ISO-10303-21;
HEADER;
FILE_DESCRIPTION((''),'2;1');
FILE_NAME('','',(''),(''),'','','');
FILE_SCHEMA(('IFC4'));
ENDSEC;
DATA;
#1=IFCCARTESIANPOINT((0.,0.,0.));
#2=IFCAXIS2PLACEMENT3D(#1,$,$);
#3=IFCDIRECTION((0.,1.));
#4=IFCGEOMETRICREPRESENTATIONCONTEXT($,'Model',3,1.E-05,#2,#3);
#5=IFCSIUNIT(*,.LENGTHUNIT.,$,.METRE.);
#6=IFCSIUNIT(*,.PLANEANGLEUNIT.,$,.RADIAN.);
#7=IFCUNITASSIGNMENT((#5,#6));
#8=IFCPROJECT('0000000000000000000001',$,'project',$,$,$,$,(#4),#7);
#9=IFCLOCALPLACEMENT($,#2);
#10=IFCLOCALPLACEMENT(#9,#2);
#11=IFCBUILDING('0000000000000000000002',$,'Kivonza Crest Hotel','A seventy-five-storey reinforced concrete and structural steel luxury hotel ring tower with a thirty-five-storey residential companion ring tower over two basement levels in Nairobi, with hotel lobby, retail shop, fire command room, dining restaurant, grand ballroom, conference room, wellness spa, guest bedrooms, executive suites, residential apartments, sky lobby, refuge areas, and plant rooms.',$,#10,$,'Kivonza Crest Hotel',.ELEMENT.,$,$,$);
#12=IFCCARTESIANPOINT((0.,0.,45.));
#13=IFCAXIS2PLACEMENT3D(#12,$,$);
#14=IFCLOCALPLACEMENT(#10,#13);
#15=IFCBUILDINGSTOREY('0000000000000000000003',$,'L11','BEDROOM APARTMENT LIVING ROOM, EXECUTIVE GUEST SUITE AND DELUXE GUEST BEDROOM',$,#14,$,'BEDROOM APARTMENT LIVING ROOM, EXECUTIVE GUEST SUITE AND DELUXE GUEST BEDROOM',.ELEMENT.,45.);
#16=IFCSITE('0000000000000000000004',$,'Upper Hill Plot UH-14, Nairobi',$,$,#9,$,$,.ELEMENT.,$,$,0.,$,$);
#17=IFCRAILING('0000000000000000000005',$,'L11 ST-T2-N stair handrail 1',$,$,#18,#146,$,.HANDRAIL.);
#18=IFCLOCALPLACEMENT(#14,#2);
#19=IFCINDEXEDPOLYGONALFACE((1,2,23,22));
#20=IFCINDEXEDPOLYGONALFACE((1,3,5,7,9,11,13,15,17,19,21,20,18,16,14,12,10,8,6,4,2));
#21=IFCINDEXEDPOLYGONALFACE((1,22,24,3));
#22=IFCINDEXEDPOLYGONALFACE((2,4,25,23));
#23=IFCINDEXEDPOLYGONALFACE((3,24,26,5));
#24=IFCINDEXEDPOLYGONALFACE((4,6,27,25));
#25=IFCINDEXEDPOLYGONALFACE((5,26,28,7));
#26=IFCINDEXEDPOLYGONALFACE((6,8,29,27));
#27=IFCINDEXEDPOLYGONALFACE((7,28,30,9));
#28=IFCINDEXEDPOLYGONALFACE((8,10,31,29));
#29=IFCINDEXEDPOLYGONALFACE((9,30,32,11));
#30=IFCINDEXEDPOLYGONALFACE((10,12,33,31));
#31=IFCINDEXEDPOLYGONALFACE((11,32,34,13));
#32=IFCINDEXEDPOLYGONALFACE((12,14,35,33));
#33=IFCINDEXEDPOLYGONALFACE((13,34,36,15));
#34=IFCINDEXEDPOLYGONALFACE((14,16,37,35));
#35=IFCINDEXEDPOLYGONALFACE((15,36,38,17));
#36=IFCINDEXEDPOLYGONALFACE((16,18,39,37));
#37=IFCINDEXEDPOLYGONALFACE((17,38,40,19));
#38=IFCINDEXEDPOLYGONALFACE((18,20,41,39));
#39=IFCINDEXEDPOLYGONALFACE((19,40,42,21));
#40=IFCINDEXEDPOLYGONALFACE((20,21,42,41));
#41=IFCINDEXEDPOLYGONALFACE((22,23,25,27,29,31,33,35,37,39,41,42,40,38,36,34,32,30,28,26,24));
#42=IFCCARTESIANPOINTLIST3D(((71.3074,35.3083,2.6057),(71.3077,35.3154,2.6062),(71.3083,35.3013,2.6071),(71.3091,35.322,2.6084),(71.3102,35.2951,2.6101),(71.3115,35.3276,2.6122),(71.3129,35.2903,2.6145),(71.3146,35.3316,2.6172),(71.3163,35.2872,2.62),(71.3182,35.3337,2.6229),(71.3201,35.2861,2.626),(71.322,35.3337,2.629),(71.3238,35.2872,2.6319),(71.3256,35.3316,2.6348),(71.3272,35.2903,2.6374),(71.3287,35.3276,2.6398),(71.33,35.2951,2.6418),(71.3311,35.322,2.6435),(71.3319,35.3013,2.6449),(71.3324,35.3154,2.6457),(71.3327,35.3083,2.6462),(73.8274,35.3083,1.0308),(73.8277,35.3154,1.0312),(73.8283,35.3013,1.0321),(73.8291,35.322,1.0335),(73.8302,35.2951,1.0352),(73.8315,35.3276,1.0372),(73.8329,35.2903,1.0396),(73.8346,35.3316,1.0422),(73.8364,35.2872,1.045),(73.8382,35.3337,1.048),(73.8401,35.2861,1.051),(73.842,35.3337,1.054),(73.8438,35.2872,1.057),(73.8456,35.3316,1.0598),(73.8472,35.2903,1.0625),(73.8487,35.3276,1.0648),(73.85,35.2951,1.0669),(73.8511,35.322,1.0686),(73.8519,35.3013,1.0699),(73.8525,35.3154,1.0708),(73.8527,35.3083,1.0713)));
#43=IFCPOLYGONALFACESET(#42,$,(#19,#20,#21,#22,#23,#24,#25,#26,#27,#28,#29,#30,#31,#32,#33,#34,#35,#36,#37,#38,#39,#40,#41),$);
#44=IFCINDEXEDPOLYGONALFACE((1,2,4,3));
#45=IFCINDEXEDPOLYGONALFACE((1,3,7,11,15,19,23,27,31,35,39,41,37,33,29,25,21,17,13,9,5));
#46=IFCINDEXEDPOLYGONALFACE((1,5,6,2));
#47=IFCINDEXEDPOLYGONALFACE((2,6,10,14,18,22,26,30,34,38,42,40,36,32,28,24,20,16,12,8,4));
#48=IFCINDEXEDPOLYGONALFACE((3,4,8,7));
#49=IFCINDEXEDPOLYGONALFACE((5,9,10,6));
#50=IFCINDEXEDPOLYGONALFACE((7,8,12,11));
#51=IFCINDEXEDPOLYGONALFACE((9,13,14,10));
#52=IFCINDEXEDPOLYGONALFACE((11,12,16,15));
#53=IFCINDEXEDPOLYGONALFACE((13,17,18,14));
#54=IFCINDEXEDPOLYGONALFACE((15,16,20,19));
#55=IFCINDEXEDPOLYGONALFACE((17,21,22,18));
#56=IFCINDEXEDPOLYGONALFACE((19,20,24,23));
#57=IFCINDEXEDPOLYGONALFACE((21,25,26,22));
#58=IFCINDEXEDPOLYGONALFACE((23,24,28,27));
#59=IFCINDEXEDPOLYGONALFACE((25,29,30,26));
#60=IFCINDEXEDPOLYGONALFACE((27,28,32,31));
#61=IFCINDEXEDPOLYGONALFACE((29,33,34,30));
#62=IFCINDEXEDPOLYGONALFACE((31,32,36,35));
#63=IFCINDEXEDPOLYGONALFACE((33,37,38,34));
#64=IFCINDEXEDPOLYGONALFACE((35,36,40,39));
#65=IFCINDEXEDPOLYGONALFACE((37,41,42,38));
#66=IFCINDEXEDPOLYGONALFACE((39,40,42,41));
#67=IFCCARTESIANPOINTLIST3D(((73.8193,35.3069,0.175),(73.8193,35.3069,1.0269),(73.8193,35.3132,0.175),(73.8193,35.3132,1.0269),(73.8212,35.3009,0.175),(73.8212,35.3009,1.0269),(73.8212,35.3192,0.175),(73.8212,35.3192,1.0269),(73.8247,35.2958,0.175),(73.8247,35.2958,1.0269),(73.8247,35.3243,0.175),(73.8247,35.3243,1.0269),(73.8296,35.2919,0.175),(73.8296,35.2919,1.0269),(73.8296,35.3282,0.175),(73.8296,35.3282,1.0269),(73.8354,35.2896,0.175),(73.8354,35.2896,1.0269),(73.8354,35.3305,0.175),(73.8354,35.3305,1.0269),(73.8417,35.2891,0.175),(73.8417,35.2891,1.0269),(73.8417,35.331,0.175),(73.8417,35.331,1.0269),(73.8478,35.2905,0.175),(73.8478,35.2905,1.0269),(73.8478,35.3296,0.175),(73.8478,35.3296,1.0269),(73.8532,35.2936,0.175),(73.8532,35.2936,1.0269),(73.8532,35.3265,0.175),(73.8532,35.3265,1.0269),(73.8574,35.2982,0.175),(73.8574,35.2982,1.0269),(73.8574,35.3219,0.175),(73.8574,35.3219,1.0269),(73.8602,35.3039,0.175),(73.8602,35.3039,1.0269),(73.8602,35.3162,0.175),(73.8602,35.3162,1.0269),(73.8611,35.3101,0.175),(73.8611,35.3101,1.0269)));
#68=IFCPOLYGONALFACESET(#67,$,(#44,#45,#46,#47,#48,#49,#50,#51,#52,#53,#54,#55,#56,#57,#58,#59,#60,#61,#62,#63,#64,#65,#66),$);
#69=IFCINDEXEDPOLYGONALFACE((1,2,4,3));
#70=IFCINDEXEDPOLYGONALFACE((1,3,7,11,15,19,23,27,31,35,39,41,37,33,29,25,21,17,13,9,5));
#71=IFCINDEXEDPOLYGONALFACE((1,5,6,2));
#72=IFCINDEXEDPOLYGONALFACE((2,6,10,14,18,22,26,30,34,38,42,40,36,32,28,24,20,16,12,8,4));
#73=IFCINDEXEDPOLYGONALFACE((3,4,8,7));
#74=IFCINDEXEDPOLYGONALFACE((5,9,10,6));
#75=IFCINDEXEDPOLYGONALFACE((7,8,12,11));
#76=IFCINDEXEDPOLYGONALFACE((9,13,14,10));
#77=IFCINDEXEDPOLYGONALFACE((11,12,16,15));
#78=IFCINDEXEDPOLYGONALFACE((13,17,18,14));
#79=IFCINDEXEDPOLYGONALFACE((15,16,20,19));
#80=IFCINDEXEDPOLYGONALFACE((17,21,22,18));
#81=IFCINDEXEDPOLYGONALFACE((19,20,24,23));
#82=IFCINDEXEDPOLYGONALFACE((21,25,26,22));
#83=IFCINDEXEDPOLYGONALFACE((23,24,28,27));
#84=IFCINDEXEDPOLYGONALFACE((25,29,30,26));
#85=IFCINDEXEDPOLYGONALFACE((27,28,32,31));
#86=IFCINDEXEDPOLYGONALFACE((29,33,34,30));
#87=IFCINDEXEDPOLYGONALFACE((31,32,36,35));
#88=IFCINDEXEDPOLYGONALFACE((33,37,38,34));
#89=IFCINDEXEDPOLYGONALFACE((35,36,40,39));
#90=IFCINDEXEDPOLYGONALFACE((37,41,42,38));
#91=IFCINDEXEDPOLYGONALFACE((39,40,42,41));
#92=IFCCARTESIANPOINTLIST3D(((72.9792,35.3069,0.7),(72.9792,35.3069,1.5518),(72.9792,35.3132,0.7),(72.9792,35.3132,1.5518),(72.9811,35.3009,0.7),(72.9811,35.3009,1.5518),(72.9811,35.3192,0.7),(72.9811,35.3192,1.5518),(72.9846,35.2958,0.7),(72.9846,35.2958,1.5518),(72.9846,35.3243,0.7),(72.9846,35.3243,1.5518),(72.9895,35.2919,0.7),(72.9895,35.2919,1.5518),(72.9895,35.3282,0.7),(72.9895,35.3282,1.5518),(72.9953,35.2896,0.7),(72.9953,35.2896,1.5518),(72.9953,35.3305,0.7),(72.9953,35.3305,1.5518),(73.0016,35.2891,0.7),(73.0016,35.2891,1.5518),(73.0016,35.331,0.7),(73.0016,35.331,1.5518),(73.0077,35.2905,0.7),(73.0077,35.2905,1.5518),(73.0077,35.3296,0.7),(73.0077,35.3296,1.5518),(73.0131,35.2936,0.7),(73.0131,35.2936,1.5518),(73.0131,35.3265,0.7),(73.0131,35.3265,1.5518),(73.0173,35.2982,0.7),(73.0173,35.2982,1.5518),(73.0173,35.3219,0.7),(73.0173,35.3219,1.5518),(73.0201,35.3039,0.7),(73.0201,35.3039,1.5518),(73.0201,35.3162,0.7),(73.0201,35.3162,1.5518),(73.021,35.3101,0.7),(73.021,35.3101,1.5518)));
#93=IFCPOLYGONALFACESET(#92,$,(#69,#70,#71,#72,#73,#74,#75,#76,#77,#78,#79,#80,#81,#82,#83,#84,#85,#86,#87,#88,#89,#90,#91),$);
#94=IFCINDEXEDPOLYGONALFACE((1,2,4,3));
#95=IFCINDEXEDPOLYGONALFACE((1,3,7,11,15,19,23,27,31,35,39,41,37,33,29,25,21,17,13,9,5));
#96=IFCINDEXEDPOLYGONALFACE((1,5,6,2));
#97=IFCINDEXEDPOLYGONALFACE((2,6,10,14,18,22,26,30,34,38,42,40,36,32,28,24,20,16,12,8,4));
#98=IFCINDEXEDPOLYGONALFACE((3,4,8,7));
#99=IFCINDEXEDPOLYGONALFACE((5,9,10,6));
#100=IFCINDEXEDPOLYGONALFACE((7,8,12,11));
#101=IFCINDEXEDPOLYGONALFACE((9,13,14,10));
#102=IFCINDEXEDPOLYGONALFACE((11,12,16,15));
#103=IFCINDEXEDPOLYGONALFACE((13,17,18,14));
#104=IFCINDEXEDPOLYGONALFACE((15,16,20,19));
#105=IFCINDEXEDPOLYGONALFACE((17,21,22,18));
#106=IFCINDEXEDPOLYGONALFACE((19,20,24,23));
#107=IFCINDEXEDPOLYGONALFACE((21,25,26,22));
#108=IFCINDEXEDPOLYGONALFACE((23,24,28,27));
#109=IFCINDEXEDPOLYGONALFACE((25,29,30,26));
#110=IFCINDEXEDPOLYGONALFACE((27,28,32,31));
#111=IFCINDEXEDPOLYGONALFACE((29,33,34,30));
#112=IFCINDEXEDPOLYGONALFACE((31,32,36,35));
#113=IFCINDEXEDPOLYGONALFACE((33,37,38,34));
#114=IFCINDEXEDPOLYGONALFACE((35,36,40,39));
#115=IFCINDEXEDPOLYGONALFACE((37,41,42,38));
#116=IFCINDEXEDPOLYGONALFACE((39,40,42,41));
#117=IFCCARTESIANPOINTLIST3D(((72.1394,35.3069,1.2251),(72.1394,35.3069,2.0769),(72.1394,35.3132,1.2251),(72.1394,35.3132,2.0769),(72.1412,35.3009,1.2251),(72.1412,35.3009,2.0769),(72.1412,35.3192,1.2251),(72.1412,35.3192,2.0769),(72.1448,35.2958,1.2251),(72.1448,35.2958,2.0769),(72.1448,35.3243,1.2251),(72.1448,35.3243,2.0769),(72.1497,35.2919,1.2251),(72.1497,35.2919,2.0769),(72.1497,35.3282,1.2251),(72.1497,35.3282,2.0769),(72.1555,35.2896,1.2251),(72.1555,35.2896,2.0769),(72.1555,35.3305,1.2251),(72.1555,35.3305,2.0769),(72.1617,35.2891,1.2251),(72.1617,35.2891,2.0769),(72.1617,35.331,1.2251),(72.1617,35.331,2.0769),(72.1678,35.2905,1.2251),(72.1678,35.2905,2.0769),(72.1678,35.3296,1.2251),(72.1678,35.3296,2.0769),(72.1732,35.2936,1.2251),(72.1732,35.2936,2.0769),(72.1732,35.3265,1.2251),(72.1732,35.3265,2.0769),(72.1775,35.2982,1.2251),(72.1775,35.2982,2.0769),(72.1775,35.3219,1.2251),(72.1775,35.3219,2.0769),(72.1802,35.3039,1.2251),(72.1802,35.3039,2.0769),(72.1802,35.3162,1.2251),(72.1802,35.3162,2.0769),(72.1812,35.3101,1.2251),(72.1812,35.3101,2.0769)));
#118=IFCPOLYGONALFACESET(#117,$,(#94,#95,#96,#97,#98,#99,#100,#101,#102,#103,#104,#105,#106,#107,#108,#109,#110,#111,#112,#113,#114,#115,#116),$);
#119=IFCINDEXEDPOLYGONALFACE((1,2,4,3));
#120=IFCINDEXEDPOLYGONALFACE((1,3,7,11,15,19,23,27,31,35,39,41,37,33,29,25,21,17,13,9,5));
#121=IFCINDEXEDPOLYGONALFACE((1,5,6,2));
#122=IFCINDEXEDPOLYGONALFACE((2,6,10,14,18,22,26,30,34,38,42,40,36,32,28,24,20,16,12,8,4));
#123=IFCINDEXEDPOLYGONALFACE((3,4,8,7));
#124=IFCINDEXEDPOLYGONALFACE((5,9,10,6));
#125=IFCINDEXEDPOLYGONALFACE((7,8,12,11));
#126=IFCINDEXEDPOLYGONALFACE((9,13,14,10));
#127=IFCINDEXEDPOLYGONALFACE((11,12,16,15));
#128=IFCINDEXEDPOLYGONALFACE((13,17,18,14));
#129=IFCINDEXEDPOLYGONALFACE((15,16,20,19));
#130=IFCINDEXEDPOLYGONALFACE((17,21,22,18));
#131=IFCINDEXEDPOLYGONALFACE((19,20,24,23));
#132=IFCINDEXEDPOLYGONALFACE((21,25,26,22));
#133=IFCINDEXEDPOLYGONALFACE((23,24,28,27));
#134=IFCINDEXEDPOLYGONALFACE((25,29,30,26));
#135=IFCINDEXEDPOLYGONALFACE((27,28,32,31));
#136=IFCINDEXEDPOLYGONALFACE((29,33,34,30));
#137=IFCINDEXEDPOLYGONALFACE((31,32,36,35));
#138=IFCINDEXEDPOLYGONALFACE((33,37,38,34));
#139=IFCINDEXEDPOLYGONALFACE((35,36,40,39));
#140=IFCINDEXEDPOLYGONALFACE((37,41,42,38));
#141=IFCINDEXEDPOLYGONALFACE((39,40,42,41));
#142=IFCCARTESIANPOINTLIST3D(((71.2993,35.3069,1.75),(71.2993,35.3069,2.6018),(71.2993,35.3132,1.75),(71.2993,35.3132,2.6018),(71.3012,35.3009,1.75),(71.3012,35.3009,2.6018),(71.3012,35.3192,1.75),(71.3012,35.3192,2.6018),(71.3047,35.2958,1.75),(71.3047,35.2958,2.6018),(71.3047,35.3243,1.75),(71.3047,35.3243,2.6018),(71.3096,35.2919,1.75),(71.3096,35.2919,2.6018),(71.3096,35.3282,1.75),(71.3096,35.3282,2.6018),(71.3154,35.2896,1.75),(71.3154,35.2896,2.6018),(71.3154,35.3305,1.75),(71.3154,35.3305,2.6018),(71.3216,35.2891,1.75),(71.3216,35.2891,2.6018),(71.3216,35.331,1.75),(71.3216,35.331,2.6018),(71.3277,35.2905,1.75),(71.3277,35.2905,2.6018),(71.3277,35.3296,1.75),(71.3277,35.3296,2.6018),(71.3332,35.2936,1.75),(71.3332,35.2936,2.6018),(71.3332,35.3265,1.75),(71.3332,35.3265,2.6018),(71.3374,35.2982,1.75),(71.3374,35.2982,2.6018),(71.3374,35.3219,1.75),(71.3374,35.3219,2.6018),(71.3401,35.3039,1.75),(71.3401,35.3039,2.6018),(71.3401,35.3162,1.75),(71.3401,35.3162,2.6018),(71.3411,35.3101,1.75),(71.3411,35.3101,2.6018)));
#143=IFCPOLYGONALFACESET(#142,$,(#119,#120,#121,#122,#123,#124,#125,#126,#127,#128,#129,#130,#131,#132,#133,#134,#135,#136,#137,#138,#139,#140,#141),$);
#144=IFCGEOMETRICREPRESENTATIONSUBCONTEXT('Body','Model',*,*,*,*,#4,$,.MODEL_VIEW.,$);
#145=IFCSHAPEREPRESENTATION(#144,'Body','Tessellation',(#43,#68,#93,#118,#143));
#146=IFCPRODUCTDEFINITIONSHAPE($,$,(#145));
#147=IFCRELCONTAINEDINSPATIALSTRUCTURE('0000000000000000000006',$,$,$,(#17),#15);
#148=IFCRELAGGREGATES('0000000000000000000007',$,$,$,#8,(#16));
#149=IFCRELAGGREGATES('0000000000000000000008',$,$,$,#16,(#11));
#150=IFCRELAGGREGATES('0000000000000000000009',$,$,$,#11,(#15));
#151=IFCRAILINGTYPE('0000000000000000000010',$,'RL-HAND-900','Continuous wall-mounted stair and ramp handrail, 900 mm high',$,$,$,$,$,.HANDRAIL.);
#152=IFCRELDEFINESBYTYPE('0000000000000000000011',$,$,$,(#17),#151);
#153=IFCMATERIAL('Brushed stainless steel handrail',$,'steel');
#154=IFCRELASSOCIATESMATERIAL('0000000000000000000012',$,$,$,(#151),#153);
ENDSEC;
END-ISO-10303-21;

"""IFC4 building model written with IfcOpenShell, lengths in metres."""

from ifc_helpers import new_model, si_unit, direction, frame, origin, origin_2d, place, context, subcontext, project, spatial, circle, extrude, material, type_object, element, save


model = new_model("IFC4")

# Units and contexts
model_context = context("Model", 3, precision=1e-05, world=origin(), true_north=direction((0.0, 1.0)))
body_context = subcontext(model_context, "Body", "Model", "MODEL_VIEW")
ifc_project = project(units=[si_unit("LENGTHUNIT", "METRE"), si_unit("PLANEANGLEUNIT", "RADIAN")], contexts=[model_context])

# Site, building, storey
site_placement = place(None, origin())
site = spatial("IfcSite", under=ifc_project, at=site_placement, Name="Upper Hill Plot UH-14, Nairobi", CompositionType="ELEMENT", RefElevation=0.0)
building_placement = place(site_placement, origin())
building = spatial("IfcBuilding", under=site, at=building_placement, Name="Kivonza Crest Hotel", Description="A seventy-five-storey reinforced concrete and structural steel luxury hotel ring tower with a thirty-five-storey residential companion ring tower over two basement levels in Nairobi, with hotel lobby, retail shop, fire command room, dining restaurant, grand ballroom, conference room, wellness spa, guest bedrooms, executive suites, residential apartments, sky lobby, refuge areas, and plant rooms.", LongName="Kivonza Crest Hotel", CompositionType="ELEMENT")
storey_placement = place(building_placement, frame((0.0, 0.0, 45.0)))
storey = spatial("IfcBuildingStorey", under=building, at=storey_placement, Name="L11", Description="BEDROOM APARTMENT LIVING ROOM, EXECUTIVE GUEST SUITE AND DELUXE GUEST BEDROOM", LongName="BEDROOM APARTMENT LIVING ROOM, EXECUTIVE GUEST SUITE AND DELUXE GUEST BEDROOM", CompositionType="ELEMENT", Elevation=45.0)

# Railing
ifc_material_1 = material(Name="Brushed stainless steel handrail", Category="steel")
railing_type = type_object("IfcRailingType", Name="RL-HAND-900", Description="Continuous wall-mounted stair and ramp handrail, 900 mm high", PredefinedType="HANDRAIL", material=ifc_material_1)
railing_placement = place(storey_placement, frame((73.8401, 35.3101, 0.175)))
element("IfcRailing", 1, at=railing_placement, inside=storey, type_object=railing_type, Name="L11 ST-T2-N stair handrail 1", PredefinedType="HANDRAIL", context=body_context, shape_type="SweptSolid", body=[
    extrude(circle(Radius=0.0239, at=origin_2d()), frame((0.0, 0.0, 0.876), z_axis=(-0.848008, 0.0, 0.529984), x_axis=(0.0, -1.0, 0.0)), (0.0, 0.0, 1.0), 2.9717),
    extrude(circle(Radius=0.021, at=origin_2d()), origin(), (0.0, 0.0, 1.0), 0.8518),
    extrude(circle(Radius=0.021, at=origin_2d()), frame((-0.8401, 0.0, 0.5249)), (0.0, 0.0, 1.0), 0.8518),
    extrude(circle(Radius=0.021, at=origin_2d()), frame((-1.6799, 0.0, 1.05)), (0.0, 0.0, 1.0), 0.8518),
    extrude(circle(Radius=0.021, at=origin_2d()), frame((-2.52, 0.0, 1.575)), (0.0, 0.0, 1.0), 0.8518),
])

save(model, "model.ifc")
